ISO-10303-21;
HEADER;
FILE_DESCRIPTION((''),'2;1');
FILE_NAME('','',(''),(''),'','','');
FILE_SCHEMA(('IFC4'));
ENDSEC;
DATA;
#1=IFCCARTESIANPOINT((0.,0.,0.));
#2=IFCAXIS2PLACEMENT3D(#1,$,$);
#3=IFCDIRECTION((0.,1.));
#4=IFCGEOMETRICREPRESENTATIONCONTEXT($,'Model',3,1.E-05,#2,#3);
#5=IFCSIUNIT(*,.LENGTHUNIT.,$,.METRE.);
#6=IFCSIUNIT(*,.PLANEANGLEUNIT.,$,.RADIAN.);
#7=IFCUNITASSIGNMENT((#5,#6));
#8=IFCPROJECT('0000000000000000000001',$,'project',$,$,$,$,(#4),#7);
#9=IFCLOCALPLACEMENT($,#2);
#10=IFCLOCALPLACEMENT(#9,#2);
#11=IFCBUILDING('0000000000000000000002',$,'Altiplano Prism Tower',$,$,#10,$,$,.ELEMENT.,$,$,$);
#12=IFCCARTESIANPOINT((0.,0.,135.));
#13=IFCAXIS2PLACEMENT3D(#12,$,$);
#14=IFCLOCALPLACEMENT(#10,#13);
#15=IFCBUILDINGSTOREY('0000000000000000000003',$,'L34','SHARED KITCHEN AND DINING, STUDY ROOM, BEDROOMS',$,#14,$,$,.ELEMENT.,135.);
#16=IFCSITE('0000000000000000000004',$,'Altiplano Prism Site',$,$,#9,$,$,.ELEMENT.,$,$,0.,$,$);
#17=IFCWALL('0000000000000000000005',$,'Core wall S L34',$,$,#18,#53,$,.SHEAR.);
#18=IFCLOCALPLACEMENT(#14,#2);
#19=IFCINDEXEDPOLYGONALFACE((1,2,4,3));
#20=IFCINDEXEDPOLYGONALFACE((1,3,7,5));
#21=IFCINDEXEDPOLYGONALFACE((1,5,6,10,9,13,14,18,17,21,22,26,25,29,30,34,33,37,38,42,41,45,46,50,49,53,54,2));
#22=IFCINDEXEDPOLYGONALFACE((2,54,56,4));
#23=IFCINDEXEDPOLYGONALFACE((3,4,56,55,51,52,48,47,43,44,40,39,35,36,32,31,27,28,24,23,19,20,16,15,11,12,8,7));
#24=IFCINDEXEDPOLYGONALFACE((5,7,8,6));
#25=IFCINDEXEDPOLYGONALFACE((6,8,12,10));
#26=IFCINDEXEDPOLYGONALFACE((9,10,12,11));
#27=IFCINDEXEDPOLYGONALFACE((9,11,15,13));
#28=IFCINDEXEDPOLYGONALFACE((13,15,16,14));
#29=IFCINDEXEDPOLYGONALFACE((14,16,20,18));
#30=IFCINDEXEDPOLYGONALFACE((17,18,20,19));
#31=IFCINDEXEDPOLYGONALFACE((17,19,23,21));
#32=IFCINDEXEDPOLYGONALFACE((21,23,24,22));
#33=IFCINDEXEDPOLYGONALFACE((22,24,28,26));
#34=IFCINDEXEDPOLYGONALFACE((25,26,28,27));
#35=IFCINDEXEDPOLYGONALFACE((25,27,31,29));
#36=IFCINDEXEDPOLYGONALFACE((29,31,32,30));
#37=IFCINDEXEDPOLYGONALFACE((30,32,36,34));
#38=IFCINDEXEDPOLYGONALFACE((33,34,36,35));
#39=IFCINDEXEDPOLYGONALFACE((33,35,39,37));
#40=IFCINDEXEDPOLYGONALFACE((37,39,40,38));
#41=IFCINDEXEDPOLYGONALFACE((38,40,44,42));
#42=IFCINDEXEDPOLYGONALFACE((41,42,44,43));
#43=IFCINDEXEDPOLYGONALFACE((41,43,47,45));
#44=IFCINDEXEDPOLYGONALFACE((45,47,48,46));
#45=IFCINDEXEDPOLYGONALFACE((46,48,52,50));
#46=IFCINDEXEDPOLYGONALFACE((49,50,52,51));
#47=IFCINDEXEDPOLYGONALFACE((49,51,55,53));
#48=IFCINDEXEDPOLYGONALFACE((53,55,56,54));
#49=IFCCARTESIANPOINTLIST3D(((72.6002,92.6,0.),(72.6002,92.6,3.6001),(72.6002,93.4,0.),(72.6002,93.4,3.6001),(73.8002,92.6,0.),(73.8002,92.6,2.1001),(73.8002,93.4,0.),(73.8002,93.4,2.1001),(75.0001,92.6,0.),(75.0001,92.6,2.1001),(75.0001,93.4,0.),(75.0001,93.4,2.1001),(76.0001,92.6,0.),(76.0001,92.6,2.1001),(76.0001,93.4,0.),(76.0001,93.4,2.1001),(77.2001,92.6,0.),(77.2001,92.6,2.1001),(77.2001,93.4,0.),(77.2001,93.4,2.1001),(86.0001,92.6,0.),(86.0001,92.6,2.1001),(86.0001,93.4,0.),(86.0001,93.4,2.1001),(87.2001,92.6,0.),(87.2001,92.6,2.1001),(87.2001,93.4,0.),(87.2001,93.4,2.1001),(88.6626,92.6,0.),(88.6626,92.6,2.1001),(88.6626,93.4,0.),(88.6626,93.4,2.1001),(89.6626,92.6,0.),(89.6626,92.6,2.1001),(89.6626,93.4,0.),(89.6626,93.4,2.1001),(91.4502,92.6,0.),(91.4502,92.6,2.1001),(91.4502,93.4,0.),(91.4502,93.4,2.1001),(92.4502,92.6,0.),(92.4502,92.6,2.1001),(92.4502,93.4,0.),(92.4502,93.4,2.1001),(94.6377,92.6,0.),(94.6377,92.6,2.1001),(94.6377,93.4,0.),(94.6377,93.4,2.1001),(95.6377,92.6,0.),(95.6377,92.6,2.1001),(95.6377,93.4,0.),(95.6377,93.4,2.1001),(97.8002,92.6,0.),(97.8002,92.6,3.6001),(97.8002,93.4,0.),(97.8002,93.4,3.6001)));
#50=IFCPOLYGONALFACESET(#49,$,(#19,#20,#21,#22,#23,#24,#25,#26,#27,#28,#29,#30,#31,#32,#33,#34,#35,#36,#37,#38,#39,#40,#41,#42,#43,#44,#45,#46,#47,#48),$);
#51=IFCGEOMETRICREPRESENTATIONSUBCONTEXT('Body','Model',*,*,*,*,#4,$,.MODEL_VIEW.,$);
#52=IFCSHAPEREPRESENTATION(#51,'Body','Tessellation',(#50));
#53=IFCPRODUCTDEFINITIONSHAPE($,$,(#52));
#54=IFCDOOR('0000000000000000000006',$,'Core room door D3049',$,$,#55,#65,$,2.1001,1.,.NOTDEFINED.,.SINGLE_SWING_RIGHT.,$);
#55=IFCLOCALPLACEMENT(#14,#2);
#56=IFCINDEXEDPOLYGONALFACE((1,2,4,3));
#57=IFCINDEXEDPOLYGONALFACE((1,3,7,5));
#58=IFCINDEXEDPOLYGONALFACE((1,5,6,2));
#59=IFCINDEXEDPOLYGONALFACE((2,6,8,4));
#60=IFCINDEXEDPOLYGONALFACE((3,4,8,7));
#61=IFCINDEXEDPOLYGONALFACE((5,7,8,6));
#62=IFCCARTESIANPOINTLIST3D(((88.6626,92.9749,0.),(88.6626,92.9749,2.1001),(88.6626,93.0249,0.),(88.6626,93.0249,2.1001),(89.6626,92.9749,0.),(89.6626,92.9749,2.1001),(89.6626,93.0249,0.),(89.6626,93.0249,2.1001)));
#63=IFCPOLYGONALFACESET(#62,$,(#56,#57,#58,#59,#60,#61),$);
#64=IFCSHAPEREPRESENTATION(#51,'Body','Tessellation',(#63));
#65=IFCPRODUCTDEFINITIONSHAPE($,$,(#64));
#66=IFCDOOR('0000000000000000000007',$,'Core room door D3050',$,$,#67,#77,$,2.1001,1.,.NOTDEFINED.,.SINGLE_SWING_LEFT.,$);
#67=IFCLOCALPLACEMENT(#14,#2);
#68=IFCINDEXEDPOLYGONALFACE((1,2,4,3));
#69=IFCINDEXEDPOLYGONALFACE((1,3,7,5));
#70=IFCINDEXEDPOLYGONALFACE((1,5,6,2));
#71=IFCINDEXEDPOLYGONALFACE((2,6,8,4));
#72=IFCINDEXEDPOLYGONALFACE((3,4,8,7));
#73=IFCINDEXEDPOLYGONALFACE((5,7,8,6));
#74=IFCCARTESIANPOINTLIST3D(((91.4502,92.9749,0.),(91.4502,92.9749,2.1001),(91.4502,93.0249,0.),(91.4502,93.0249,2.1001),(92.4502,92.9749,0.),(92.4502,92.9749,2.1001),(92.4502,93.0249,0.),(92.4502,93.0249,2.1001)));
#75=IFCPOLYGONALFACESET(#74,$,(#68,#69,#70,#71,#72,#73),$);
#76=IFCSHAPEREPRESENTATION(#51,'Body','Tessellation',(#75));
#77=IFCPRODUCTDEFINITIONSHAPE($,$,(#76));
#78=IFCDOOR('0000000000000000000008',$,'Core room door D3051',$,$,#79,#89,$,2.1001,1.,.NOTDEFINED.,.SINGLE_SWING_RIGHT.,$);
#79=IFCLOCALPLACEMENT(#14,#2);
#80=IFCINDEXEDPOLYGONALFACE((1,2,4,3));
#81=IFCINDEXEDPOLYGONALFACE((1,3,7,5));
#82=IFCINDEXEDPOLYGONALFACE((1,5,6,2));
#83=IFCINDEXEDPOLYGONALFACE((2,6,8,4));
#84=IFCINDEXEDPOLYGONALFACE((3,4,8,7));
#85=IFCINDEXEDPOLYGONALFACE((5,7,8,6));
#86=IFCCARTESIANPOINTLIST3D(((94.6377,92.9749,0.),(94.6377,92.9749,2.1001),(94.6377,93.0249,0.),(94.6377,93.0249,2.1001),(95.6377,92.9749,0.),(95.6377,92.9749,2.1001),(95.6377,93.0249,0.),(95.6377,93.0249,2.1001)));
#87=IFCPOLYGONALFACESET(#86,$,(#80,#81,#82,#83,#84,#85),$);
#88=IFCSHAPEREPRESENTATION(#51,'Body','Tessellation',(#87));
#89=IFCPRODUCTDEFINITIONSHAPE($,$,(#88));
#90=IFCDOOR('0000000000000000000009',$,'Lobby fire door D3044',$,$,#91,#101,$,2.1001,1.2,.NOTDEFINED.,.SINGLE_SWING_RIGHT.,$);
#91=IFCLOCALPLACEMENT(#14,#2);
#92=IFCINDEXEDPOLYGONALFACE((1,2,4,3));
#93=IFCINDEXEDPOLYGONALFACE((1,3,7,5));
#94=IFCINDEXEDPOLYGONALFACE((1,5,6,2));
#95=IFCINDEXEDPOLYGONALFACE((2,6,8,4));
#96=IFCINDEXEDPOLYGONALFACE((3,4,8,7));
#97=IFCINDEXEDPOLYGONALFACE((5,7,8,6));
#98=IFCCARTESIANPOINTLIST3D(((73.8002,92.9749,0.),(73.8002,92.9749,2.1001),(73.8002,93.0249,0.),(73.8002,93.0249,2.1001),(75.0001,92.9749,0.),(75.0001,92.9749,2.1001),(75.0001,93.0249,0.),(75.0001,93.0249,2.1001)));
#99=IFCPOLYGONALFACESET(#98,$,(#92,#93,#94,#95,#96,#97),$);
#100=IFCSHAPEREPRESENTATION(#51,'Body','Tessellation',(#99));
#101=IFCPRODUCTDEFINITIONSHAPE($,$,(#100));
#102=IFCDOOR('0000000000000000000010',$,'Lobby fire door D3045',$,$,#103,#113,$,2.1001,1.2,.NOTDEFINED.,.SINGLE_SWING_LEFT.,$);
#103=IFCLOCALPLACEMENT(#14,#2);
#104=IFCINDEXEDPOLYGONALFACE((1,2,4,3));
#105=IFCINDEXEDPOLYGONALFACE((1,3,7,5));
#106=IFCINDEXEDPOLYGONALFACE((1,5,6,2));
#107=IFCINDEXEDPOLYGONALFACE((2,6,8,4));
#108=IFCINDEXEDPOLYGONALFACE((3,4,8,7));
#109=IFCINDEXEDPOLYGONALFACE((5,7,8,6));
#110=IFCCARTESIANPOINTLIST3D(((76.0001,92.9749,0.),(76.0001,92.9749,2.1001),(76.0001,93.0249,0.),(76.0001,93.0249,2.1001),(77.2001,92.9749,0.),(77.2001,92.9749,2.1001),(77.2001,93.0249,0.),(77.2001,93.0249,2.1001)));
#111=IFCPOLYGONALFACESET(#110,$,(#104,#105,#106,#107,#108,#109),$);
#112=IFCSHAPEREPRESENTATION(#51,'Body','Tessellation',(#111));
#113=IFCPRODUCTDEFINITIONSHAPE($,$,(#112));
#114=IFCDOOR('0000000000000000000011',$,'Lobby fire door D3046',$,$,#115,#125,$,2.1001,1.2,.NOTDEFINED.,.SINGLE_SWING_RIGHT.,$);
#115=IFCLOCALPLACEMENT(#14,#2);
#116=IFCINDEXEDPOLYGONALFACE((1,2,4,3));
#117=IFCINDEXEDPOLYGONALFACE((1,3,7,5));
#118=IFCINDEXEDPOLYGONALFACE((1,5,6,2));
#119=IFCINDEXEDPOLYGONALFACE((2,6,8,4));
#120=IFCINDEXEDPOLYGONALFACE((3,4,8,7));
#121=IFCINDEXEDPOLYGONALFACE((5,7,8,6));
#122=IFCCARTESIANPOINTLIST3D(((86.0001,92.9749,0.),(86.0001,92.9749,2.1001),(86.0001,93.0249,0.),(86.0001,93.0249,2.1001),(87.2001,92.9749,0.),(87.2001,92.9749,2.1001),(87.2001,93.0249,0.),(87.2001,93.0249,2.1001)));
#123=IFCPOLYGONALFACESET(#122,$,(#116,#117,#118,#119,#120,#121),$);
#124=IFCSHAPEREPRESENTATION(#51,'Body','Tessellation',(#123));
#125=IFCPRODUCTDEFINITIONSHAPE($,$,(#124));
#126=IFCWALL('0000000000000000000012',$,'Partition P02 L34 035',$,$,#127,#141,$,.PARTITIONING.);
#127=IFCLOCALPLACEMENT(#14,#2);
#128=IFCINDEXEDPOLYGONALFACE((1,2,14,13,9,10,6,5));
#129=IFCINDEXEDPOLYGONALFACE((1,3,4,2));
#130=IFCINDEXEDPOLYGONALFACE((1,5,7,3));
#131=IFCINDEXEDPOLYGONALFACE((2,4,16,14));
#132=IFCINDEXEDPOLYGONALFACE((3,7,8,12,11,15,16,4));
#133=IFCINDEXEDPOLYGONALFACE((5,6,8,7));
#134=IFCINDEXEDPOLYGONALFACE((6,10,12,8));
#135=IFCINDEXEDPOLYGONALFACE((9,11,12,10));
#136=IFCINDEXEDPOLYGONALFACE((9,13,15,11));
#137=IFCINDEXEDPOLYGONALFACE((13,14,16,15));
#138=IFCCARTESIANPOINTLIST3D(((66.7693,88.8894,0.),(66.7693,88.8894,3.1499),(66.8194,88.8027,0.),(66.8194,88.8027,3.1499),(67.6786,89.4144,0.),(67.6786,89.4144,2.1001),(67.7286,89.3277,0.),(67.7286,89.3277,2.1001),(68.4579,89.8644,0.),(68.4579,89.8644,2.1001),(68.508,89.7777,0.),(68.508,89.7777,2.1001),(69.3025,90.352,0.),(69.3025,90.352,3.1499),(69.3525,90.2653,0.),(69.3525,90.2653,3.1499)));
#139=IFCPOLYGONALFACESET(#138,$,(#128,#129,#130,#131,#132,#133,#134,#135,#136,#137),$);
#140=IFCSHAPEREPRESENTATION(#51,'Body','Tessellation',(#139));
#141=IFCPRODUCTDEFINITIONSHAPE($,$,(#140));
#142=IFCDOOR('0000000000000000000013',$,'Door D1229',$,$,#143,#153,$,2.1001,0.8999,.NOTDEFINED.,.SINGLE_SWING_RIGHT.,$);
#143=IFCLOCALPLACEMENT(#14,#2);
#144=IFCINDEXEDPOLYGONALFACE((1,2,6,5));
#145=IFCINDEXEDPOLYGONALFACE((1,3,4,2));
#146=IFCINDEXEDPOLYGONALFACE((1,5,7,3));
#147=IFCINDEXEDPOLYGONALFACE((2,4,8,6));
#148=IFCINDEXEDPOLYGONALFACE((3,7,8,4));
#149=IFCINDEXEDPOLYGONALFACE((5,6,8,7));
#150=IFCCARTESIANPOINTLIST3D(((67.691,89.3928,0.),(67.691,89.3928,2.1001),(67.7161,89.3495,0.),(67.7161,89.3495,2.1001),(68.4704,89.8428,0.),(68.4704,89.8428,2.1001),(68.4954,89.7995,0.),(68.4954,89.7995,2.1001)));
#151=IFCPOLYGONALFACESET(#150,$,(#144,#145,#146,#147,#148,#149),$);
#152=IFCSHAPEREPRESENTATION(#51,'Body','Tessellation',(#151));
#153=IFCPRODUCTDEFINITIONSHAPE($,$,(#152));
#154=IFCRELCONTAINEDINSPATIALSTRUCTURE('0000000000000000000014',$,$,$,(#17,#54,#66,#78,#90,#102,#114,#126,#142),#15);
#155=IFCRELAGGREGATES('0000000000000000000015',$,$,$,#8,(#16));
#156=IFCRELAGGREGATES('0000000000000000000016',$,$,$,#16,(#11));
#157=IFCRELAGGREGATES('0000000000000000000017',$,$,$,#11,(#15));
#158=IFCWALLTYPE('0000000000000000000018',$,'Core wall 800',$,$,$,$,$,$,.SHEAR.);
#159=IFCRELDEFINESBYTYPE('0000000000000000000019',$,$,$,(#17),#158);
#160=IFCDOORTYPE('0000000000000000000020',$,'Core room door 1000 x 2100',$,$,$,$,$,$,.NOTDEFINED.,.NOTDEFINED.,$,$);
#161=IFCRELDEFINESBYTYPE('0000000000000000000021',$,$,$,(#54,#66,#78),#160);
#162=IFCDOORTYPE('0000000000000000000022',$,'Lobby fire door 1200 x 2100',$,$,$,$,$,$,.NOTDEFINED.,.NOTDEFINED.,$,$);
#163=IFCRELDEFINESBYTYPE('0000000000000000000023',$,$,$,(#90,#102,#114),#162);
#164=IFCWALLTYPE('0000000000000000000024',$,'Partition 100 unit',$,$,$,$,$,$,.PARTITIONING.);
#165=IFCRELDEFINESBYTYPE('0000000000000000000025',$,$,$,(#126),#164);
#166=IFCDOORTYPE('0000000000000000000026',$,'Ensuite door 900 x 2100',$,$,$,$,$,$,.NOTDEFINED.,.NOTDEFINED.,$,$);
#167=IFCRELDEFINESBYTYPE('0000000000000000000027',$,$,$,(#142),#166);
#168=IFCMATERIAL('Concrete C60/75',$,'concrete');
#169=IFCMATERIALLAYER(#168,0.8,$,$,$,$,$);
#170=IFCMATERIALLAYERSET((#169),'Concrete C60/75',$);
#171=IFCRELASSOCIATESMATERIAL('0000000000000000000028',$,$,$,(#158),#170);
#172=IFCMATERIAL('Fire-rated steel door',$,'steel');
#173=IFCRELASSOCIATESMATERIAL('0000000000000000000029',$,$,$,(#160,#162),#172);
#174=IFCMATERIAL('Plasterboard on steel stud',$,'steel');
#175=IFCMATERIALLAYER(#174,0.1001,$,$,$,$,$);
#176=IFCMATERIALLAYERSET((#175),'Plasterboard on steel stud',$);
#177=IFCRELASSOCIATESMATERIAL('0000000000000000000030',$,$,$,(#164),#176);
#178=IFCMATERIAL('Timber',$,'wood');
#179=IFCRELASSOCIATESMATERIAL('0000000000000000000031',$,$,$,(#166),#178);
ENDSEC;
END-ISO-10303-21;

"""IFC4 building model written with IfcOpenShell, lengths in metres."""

from ifc_helpers import new_model, si_unit, direction, frame, frame_2d, origin, place, context, subcontext, project, spatial, rectangle, extrude, material, layer, layer_set, type_object, element, fill, save


model = new_model("IFC4")

# Units and contexts
model_context = context("Model", 3, precision=1e-05, world=origin(), true_north=direction((0.0, 1.0)))
body_context = subcontext(model_context, "Body", "Model", "MODEL_VIEW")
ifc_project = project(units=[si_unit("LENGTHUNIT", "METRE"), si_unit("PLANEANGLEUNIT", "RADIAN")], contexts=[model_context])

# Site, building, storey
site_placement = place(None, origin())
site = spatial("IfcSite", under=ifc_project, at=site_placement, Name="Altiplano Prism Site", CompositionType="ELEMENT", RefElevation=0.0)
building_placement = place(site_placement, origin())
building = spatial("IfcBuilding", under=site, at=building_placement, Name="Altiplano Prism Tower", CompositionType="ELEMENT")
storey_placement = place(building_placement, frame((0.0, 0.0, 135.0)))
storey = spatial("IfcBuildingStorey", under=building, at=storey_placement, Name="L34", Description="SHARED KITCHEN AND DINING, STUDY ROOM, BEDROOMS", CompositionType="ELEMENT", Elevation=135.0)

# Shared definitions
ifc_material_1 = material(Name="Concrete C60/75", Category="concrete")

# Wall, openings, doors
ifc_layer_1 = layer(ifc_material_1, 0.8)
ifc_layer_set_1 = layer_set([ifc_layer_1], Name="Concrete C60/75")
wall_type_1 = type_object("IfcWallType", Name="Core wall 800", PredefinedType="SHEAR", material=ifc_layer_set_1)
wall_1_placement = place(storey_placement, frame((72.6001, 93.0, 0.0), z_axis=(0.0, 0.0, 1.0), x_axis=(1.0, 0.0, 0.0)))
wall_1 = element("IfcWall", 1, at=wall_1_placement, inside=storey, type_object=wall_type_1, Name="Core wall S L34", PredefinedType="SHEAR", context=body_context, shape_type="SweptSolid", body=[
    extrude(rectangle(XDim=25.2, YDim=0.8, at=frame_2d((12.6001, 0.0))), origin(), (0.0, 0.0, 1.0), 3.6001),
])
opening_1_placement = place(wall_1_placement, frame((1.2, 0.0, 0.0)))
opening_1 = element("IfcOpeningElement", 2, at=opening_1_placement, cuts=wall_1, PredefinedType="OPENING", context=body_context, shape_type="SweptSolid", body=[
    extrude(rectangle(XDim=1.2, YDim=2.1001, at=frame_2d((0.6001, 1.05))), frame((0.0, 0.4106, 0.0), z_axis=(0.0, -1.0, 0.0), x_axis=(1.0, 0.0, 0.0)), (0.0, 0.0, 1.0), 0.821),
])
opening_2_placement = place(wall_1_placement, frame((3.3999, 0.0, 0.0)))
opening_2 = element("IfcOpeningElement", 3, at=opening_2_placement, cuts=wall_1, PredefinedType="OPENING", context=body_context, shape_type="SweptSolid", body=[
    extrude(rectangle(XDim=1.2, YDim=2.1001, at=frame_2d((0.6001, 1.05))), frame((0.0, 0.4106, 0.0), z_axis=(0.0, -1.0, 0.0), x_axis=(1.0, 0.0, 0.0)), (0.0, 0.0, 1.0), 0.821),
])
opening_3_placement = place(wall_1_placement, frame((13.3999, 0.0, 0.0)))
opening_3 = element("IfcOpeningElement", 4, at=opening_3_placement, cuts=wall_1, PredefinedType="OPENING", context=body_context, shape_type="SweptSolid", body=[
    extrude(rectangle(XDim=1.2, YDim=2.1001, at=frame_2d((0.6001, 1.05))), frame((0.0, 0.4106, 0.0), z_axis=(0.0, -1.0, 0.0), x_axis=(1.0, 0.0, 0.0)), (0.0, 0.0, 1.0), 0.821),
])
opening_4_placement = place(wall_1_placement, frame((16.0625, 0.0, 0.0)))
opening_4 = element("IfcOpeningElement", 5, at=opening_4_placement, cuts=wall_1, PredefinedType="OPENING", context=body_context, shape_type="SweptSolid", body=[
    extrude(rectangle(XDim=1.0, YDim=2.1001, at=frame_2d((0.5, 1.05))), frame((0.0, 0.4106, 0.0), z_axis=(0.0, -1.0, 0.0), x_axis=(1.0, 0.0, 0.0)), (0.0, 0.0, 1.0), 0.821),
])
opening_5_placement = place(wall_1_placement, frame((18.8501, 0.0, 0.0)))
opening_5 = element("IfcOpeningElement", 6, at=opening_5_placement, cuts=wall_1, PredefinedType="OPENING", context=body_context, shape_type="SweptSolid", body=[
    extrude(rectangle(XDim=1.0, YDim=2.1001, at=frame_2d((0.5, 1.05))), frame((0.0, 0.4106, 0.0), z_axis=(0.0, -1.0, 0.0), x_axis=(1.0, 0.0, 0.0)), (0.0, 0.0, 1.0), 0.821),
])
opening_6_placement = place(wall_1_placement, frame((22.0376, 0.0, 0.0)))
opening_6 = element("IfcOpeningElement", 7, at=opening_6_placement, cuts=wall_1, PredefinedType="OPENING", context=body_context, shape_type="SweptSolid", body=[
    extrude(rectangle(XDim=1.0, YDim=2.1001, at=frame_2d((0.5, 1.05))), frame((0.0, 0.4106, 0.0), z_axis=(0.0, -1.0, 0.0), x_axis=(1.0, 0.0, 0.0)), (0.0, 0.0, 1.0), 0.821),
])
ifc_material_2 = material(Name="Fire-rated steel door", Category="steel")
door_type_1 = type_object("IfcDoorType", Name="Core room door 1000 x 2100", OperationType="NOTDEFINED", PredefinedType="NOTDEFINED", material=ifc_material_2)
door_1_placement = place(opening_4_placement, origin())
door_1 = element("IfcDoor", 8, at=door_1_placement, inside=storey, type_object=door_type_1, Name="Core room door D3049", OperationType="SINGLE_SWING_RIGHT", OverallHeight=2.1001, OverallWidth=1.0, PredefinedType="NOTDEFINED", context=body_context, shape_type="SweptSolid", body=[
    extrude(rectangle(XDim=1.0, YDim=2.1001, at=frame_2d((0.5, 1.05))), frame((0.0, 0.0249, 0.0), z_axis=(0.0, -1.0, 0.0), x_axis=(1.0, 0.0, 0.0)), (0.0, 0.0, 1.0), 0.05),
])
fill(opening_4, door_1)
door_2_placement = place(opening_5_placement, origin())
door_2 = element("IfcDoor", 9, at=door_2_placement, inside=storey, type_object=door_type_1, Name="Core room door D3050", OperationType="SINGLE_SWING_LEFT", OverallHeight=2.1001, OverallWidth=1.0, PredefinedType="NOTDEFINED", context=body_context, shape_type="SweptSolid", body=[
    extrude(rectangle(XDim=1.0, YDim=2.1001, at=frame_2d((0.5, 1.05))), frame((0.0, 0.0249, 0.0), z_axis=(0.0, -1.0, 0.0), x_axis=(1.0, 0.0, 0.0)), (0.0, 0.0, 1.0), 0.05),
])
fill(opening_5, door_2)
door_3_placement = place(opening_6_placement, origin())
door_3 = element("IfcDoor", 10, at=door_3_placement, inside=storey, type_object=door_type_1, Name="Core room door D3051", OperationType="SINGLE_SWING_RIGHT", OverallHeight=2.1001, OverallWidth=1.0, PredefinedType="NOTDEFINED", context=body_context, shape_type="SweptSolid", body=[
    extrude(rectangle(XDim=1.0, YDim=2.1001, at=frame_2d((0.5, 1.05))), frame((0.0, 0.0249, 0.0), z_axis=(0.0, -1.0, 0.0), x_axis=(1.0, 0.0, 0.0)), (0.0, 0.0, 1.0), 0.05),
])
fill(opening_6, door_3)
door_type_2 = type_object("IfcDoorType", Name="Lobby fire door 1200 x 2100", OperationType="NOTDEFINED", PredefinedType="NOTDEFINED", material=ifc_material_2)
door_4_placement = place(opening_1_placement, origin())
door_4 = element("IfcDoor", 11, at=door_4_placement, inside=storey, type_object=door_type_2, Name="Lobby fire door D3044", OperationType="SINGLE_SWING_RIGHT", OverallHeight=2.1001, OverallWidth=1.2, PredefinedType="NOTDEFINED", context=body_context, shape_type="SweptSolid", body=[
    extrude(rectangle(XDim=1.2, YDim=2.1001, at=frame_2d((0.6001, 1.05))), frame((0.0, 0.0249, 0.0), z_axis=(0.0, -1.0, 0.0), x_axis=(1.0, 0.0, 0.0)), (0.0, 0.0, 1.0), 0.05),
])
fill(opening_1, door_4)
door_5_placement = place(opening_2_placement, origin())
door_5 = element("IfcDoor", 12, at=door_5_placement, inside=storey, type_object=door_type_2, Name="Lobby fire door D3045", OperationType="SINGLE_SWING_LEFT", OverallHeight=2.1001, OverallWidth=1.2, PredefinedType="NOTDEFINED", context=body_context, shape_type="SweptSolid", body=[
    extrude(rectangle(XDim=1.2, YDim=2.1001, at=frame_2d((0.6001, 1.05))), frame((0.0, 0.0249, 0.0), z_axis=(0.0, -1.0, 0.0), x_axis=(1.0, 0.0, 0.0)), (0.0, 0.0, 1.0), 0.05),
])
fill(opening_2, door_5)
door_6_placement = place(opening_3_placement, origin())
door_6 = element("IfcDoor", 13, at=door_6_placement, inside=storey, type_object=door_type_2, Name="Lobby fire door D3046", OperationType="SINGLE_SWING_RIGHT", OverallHeight=2.1001, OverallWidth=1.2, PredefinedType="NOTDEFINED", context=body_context, shape_type="SweptSolid", body=[
    extrude(rectangle(XDim=1.2, YDim=2.1001, at=frame_2d((0.6001, 1.05))), frame((0.0, 0.0249, 0.0), z_axis=(0.0, -1.0, 0.0), x_axis=(1.0, 0.0, 0.0)), (0.0, 0.0, 1.0), 0.05),
])
fill(opening_3, door_6)

# Wall, opening, door
ifc_material_3 = material(Name="Plasterboard on steel stud", Category="steel")
ifc_layer_2 = layer(ifc_material_3, 0.1001)
ifc_layer_set_2 = layer_set([ifc_layer_2], Name="Plasterboard on steel stud")
wall_type_2 = type_object("IfcWallType", Name="Partition 100 unit", PredefinedType="PARTITIONING", material=ifc_layer_set_2)
wall_2_placement = place(storey_placement, frame((69.3274, 90.3086, 0.0), z_axis=(0.0, 0.0, 1.0), x_axis=(-0.86601, -0.500026, 0.0)))
wall_2 = element("IfcWall", 14, at=wall_2_placement, inside=storey, type_object=wall_type_2, Name="Partition P02 L34 035", PredefinedType="PARTITIONING", context=body_context, shape_type="SweptSolid", body=[
    extrude(rectangle(XDim=2.925, YDim=0.1001, at=frame_2d((1.4624, 0.0))), origin(), (0.0, 0.0, 1.0), 3.1499),
])
opening_7_placement = place(wall_2_placement, frame((0.9751, 0.0, 0.0)))
opening_7 = element("IfcOpeningElement", 15, at=opening_7_placement, cuts=wall_2, PredefinedType="OPENING", context=body_context, shape_type="SweptSolid", body=[
    extrude(rectangle(XDim=0.8999, YDim=2.1001, at=frame_2d((0.45, 1.05))), frame((0.0, 0.0605, 0.0), z_axis=(0.0, -1.0, 0.0), x_axis=(1.0, 0.0, 0.0)), (0.0, 0.0, 1.0), 0.1211),
])
ifc_material_4 = material(Name="Timber", Category="wood")
door_type_3 = type_object("IfcDoorType", Name="Ensuite door 900 x 2100", OperationType="NOTDEFINED", PredefinedType="NOTDEFINED", material=ifc_material_4)
door_7_placement = place(opening_7_placement, origin())
door_7 = element("IfcDoor", 16, at=door_7_placement, inside=storey, type_object=door_type_3, Name="Door D1229", OperationType="SINGLE_SWING_RIGHT", OverallHeight=2.1001, OverallWidth=0.8999, PredefinedType="NOTDEFINED", context=body_context, shape_type="SweptSolid", body=[
    extrude(rectangle(XDim=0.8999, YDim=2.1001, at=frame_2d((0.45, 1.05))), frame((0.0, 0.0249, 0.0), z_axis=(0.0, -1.0, 0.0), x_axis=(1.0, 0.0, 0.0)), (0.0, 0.0, 1.0), 0.05),
])
fill(opening_7, door_7)

save(model, "model.ifc")
